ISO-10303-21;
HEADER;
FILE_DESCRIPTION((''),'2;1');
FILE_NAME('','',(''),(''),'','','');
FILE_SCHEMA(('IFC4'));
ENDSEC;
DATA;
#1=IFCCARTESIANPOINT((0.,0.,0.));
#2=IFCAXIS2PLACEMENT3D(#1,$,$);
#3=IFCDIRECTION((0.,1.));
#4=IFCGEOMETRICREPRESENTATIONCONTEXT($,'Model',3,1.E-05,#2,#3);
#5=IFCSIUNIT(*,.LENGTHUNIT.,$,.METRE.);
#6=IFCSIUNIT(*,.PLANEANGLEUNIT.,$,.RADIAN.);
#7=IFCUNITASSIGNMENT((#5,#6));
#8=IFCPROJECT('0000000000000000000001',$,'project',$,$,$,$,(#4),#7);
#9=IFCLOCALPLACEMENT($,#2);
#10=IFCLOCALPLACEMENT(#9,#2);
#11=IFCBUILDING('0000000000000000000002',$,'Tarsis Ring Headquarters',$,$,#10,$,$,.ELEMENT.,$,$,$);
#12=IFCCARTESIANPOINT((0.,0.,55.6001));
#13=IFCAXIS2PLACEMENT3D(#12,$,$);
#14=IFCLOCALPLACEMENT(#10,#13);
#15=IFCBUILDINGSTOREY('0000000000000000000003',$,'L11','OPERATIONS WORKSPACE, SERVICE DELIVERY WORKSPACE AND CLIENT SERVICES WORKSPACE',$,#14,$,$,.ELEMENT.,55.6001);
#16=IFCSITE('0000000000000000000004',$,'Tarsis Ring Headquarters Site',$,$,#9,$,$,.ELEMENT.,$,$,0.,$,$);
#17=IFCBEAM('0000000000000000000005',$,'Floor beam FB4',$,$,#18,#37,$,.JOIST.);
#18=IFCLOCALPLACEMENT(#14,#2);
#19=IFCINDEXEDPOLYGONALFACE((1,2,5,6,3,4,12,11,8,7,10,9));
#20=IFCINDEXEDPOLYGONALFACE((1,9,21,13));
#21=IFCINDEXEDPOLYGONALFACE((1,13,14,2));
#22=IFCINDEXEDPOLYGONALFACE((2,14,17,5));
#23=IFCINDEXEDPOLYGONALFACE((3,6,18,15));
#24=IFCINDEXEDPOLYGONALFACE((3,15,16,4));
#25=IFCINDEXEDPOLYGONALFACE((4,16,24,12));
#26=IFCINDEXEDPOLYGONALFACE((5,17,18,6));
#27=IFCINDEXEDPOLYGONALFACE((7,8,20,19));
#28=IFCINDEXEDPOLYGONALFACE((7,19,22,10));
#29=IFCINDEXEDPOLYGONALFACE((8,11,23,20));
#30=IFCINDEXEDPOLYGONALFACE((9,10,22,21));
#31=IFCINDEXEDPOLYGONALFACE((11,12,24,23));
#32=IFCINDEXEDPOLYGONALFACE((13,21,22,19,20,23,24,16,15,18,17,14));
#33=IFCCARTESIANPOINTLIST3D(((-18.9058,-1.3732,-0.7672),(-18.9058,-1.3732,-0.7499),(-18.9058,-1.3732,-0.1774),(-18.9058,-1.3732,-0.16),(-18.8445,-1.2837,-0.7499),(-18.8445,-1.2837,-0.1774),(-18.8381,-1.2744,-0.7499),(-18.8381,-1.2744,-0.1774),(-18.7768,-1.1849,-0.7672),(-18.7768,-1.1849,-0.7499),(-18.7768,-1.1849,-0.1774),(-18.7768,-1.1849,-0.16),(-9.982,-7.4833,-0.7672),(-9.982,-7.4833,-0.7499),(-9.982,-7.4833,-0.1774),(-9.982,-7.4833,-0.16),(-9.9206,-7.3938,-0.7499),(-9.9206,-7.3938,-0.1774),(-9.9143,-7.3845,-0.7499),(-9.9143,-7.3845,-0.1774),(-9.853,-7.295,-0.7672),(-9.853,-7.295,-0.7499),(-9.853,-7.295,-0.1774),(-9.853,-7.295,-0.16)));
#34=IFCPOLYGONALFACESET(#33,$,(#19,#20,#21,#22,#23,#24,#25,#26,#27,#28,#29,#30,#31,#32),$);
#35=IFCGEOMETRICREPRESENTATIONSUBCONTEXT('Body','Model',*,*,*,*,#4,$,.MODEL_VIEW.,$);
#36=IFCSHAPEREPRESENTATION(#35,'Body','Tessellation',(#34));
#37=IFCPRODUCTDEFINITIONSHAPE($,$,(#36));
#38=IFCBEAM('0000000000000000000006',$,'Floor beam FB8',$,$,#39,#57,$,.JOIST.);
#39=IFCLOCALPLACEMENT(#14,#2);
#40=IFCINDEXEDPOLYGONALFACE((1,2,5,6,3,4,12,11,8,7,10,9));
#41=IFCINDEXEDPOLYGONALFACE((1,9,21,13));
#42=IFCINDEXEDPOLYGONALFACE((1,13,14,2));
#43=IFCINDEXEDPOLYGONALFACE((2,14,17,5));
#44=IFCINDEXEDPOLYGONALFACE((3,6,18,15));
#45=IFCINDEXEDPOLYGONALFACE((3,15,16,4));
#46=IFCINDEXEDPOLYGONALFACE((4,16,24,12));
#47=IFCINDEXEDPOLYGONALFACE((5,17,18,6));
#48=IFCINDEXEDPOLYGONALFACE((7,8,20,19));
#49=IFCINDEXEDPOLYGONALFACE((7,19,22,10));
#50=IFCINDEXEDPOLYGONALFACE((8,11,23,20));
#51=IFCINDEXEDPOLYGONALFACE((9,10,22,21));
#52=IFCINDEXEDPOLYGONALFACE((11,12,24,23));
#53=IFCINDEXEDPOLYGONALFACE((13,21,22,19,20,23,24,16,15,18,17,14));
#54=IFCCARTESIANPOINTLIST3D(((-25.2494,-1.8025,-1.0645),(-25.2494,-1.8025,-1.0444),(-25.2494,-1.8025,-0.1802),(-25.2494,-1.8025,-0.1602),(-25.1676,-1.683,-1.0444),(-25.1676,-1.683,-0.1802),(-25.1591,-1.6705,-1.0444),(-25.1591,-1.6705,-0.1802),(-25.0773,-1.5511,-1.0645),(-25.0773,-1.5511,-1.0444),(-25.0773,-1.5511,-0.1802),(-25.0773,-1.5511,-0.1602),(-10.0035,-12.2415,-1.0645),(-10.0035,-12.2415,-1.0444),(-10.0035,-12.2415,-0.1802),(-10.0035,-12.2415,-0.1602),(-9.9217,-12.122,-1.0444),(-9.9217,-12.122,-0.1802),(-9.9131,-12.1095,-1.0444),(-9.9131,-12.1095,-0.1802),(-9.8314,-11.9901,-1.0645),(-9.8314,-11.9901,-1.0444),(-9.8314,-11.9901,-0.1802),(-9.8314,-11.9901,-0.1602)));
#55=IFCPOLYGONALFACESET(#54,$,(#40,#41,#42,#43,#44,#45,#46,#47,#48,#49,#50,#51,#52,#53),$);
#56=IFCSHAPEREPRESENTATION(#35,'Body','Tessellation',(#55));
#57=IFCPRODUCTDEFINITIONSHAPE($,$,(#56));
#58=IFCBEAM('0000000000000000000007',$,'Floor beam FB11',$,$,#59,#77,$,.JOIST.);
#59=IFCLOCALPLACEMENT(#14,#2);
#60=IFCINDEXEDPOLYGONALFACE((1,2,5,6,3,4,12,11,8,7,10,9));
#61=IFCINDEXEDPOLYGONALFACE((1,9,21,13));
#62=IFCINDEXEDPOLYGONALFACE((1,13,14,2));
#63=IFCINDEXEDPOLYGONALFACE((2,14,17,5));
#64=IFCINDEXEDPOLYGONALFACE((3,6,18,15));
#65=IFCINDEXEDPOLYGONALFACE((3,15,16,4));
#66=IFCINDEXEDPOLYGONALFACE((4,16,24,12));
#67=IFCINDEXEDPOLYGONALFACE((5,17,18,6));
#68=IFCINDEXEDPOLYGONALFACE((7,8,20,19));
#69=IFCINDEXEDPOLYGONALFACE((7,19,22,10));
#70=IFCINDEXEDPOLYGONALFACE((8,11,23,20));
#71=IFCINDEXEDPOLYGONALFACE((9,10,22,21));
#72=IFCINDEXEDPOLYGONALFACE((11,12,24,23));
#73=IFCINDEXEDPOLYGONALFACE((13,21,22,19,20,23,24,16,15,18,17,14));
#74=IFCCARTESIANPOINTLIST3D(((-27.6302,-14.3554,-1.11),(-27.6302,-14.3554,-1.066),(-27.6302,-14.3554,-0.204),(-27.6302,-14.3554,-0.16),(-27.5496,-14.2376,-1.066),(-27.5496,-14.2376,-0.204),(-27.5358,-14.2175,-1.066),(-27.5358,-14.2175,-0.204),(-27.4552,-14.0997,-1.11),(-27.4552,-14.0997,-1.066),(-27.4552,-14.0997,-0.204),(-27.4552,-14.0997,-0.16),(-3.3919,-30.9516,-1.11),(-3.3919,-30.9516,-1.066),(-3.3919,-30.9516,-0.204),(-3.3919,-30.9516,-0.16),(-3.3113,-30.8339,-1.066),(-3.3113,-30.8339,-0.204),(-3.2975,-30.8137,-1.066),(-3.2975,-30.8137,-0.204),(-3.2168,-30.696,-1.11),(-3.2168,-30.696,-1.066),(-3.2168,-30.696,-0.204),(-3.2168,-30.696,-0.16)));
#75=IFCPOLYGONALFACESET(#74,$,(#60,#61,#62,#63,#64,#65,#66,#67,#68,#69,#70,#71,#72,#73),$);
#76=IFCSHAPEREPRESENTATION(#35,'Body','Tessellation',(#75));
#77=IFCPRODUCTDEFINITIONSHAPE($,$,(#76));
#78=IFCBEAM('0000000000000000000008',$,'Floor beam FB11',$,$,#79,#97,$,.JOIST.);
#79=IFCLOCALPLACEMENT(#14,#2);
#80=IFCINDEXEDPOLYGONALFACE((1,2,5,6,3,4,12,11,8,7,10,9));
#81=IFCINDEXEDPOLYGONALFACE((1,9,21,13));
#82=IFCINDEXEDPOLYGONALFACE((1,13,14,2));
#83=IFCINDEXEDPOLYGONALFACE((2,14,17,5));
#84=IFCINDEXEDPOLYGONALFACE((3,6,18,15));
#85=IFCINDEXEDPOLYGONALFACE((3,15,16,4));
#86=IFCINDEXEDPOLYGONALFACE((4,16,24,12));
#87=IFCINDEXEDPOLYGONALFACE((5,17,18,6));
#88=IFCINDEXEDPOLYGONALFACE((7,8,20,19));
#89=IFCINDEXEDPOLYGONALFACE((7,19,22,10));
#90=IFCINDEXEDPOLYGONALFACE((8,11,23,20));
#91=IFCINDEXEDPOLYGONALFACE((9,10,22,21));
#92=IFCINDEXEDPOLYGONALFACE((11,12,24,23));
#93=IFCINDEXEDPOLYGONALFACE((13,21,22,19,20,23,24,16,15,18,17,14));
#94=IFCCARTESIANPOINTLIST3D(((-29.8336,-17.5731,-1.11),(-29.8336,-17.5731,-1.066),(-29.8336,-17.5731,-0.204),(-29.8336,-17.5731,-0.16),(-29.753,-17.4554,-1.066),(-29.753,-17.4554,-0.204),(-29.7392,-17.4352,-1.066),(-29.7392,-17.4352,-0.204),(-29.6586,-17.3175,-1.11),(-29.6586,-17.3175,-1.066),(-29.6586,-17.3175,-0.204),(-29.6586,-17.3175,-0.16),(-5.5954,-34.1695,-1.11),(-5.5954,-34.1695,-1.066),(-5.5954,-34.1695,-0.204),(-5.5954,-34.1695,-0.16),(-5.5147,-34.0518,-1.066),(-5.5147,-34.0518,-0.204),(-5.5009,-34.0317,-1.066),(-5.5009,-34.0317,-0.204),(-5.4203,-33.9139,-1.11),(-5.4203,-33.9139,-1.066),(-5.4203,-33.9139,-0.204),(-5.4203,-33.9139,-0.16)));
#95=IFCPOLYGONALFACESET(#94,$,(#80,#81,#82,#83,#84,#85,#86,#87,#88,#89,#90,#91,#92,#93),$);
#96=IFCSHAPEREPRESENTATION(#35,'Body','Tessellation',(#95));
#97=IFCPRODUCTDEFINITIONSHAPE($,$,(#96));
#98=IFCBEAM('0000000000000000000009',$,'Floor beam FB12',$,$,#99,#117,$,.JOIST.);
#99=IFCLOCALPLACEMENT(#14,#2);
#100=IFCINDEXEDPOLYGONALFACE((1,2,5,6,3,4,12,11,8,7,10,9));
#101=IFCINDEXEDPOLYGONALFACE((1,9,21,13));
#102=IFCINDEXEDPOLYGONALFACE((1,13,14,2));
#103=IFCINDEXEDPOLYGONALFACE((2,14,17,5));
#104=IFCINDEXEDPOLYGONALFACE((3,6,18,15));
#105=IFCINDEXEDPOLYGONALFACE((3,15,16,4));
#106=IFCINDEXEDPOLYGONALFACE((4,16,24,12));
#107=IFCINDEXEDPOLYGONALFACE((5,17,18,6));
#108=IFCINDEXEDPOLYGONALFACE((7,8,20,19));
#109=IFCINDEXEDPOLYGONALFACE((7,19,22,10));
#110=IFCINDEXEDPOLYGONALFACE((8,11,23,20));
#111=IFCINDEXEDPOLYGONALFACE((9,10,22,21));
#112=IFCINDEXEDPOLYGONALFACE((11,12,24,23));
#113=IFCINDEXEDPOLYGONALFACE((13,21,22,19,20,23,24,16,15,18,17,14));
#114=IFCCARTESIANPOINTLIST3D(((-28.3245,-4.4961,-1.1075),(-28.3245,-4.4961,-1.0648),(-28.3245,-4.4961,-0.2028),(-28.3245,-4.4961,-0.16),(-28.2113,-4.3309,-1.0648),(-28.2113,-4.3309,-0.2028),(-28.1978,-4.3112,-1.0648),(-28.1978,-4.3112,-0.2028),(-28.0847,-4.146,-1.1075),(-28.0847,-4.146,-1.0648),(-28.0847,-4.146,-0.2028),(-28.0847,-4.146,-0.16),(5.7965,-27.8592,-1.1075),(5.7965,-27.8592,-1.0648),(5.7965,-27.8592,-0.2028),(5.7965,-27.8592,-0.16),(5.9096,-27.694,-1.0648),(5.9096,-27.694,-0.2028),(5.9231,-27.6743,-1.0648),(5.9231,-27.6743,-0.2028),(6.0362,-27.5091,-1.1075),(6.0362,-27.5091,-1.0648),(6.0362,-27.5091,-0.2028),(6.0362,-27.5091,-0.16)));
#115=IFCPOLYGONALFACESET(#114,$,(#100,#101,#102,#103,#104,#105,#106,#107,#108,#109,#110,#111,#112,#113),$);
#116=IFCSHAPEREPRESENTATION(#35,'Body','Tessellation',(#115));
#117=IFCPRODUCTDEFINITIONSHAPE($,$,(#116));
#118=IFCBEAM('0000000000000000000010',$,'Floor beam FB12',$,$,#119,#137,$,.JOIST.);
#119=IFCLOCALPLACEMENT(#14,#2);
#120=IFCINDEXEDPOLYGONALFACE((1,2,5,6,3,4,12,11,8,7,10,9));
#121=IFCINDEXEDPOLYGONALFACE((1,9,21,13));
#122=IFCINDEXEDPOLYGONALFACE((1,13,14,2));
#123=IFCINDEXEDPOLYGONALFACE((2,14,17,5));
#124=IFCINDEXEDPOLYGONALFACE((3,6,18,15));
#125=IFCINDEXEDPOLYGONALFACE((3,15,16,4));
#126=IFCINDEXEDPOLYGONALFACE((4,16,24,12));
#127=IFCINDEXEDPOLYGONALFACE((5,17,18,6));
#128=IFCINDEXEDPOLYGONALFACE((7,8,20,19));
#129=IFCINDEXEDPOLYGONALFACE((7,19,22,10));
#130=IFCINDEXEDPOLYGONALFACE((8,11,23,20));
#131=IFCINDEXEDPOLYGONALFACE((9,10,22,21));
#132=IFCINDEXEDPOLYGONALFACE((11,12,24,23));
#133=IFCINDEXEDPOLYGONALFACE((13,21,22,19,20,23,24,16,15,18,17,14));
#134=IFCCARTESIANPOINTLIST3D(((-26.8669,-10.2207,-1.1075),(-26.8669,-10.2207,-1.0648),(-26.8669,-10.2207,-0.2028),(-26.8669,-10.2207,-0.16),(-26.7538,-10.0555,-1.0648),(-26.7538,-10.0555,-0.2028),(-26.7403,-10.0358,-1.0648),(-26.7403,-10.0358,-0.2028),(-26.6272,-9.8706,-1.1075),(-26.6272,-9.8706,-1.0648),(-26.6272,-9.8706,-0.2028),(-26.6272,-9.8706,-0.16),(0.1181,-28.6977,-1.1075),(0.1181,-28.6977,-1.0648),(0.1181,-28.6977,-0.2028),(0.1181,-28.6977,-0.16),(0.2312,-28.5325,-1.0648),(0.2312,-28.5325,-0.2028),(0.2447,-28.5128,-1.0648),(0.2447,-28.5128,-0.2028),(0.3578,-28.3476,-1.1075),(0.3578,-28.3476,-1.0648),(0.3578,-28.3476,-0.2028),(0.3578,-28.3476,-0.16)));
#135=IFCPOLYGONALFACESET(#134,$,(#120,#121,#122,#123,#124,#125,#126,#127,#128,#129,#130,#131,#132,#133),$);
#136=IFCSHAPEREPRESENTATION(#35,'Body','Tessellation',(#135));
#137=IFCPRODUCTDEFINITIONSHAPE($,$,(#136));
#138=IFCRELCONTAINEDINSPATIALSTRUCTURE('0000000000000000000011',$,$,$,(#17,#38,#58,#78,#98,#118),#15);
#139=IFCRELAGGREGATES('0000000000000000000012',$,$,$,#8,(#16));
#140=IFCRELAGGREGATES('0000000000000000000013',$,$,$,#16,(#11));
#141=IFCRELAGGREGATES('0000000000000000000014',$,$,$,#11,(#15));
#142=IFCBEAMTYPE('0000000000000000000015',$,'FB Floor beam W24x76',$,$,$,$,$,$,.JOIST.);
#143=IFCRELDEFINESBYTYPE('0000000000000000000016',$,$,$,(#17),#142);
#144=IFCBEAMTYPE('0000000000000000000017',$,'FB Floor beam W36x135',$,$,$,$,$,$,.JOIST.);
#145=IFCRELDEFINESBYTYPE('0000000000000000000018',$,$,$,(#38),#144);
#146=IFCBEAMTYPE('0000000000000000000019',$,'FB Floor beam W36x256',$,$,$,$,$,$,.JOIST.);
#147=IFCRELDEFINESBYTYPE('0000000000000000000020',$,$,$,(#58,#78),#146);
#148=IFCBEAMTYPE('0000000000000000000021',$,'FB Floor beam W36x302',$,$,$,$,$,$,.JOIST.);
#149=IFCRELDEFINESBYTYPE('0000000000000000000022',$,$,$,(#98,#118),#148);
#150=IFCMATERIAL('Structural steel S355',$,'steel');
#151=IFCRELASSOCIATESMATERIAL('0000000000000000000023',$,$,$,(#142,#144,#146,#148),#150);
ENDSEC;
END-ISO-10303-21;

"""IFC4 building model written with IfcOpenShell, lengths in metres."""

from ifc_helpers import new_model, si_unit, direction, frame, origin, origin_2d, place, context, subcontext, project, spatial, i_section, extrude, material, material_profile, profile_set, type_object, element, save


model = new_model("IFC4")

# Units and contexts
model_context = context("Model", 3, precision=1e-05, world=origin(), true_north=direction((0.0, 1.0)))
body_context = subcontext(model_context, "Body", "Model", "MODEL_VIEW")
ifc_project = project(units=[si_unit("LENGTHUNIT", "METRE"), si_unit("PLANEANGLEUNIT", "RADIAN")], contexts=[model_context])

# Site, building, storey
site_placement = place(None, origin())
site = spatial("IfcSite", under=ifc_project, at=site_placement, Name="Tarsis Ring Headquarters Site", CompositionType="ELEMENT", RefElevation=0.0)
building_placement = place(site_placement, origin())
building = spatial("IfcBuilding", under=site, at=building_placement, Name="Tarsis Ring Headquarters", CompositionType="ELEMENT")
storey_placement = place(building_placement, frame((0.0, 0.0, 55.6001)))
storey = spatial("IfcBuildingStorey", under=building, at=storey_placement, Name="L11", Description="OPERATIONS WORKSPACE, SERVICE DELIVERY WORKSPACE AND CLIENT SERVICES WORKSPACE", CompositionType="ELEMENT", Elevation=55.6001)

# Beams
ifc_material_1 = material(Name="Structural steel S355", Category="steel")
ifc_material_profile_1 = material_profile(ifc_material_1, i_section(OverallWidth=0.2283, OverallDepth=0.6072, WebThickness=0.0112, FlangeThickness=0.0173, at=origin_2d()), Name="W24x76")
ifc_profile_set_1 = profile_set([ifc_material_profile_1], Name="Structural steel S355")
beam_type_1 = type_object("IfcBeamType", Name="FB Floor beam W24x76", PredefinedType="JOIST", material=ifc_profile_set_1)
beam_1_placement = place(storey_placement, frame((-18.8413, -1.2791, -0.4636), z_axis=(0.825121, -0.564957, 0.0), x_axis=(0.564957, 0.825121, 0.0)))
element("IfcBeam", 1, at=beam_1_placement, inside=storey, type_object=beam_type_1, Name="Floor beam FB4", PredefinedType="JOIST", context=body_context, shape_type="SweptSolid", body=[
    extrude(i_section(OverallWidth=0.2283, OverallDepth=0.6072, WebThickness=0.0112, FlangeThickness=0.0173, at=origin_2d()), origin(), (0.0, 0.0, 1.0), 10.8152),
])
ifc_material_profile_2 = material_profile(ifc_material_1, i_section(OverallWidth=0.3047, OverallDepth=0.9043, WebThickness=0.0151, FlangeThickness=0.02, at=origin_2d()), Name="W36x135")
ifc_profile_set_2 = profile_set([ifc_material_profile_2], Name="Structural steel S355")
beam_type_2 = type_object("IfcBeamType", Name="FB Floor beam W36x135", PredefinedType="JOIST", material=ifc_profile_set_2)
beam_2_placement = place(storey_placement, frame((-25.1633, -1.6768, -0.6123), z_axis=(0.825116, -0.564964, 0.0), x_axis=(0.564964, 0.825116, 0.0)))
element("IfcBeam", 2, at=beam_2_placement, inside=storey, type_object=beam_type_2, Name="Floor beam FB8", PredefinedType="JOIST", context=body_context, shape_type="SweptSolid", body=[
    extrude(i_section(OverallWidth=0.3047, OverallDepth=0.9043, WebThickness=0.0151, FlangeThickness=0.02, at=origin_2d()), origin(), (0.0, 0.0, 1.0), 18.4773),
])
ifc_material_profile_3 = material_profile(ifc_material_1, i_section(OverallWidth=0.3098, OverallDepth=0.95, WebThickness=0.0244, FlangeThickness=0.0439, at=origin_2d()), Name="W36x256")
ifc_profile_set_3 = profile_set([ifc_material_profile_3], Name="Structural steel S355")
beam_type_3 = type_object("IfcBeamType", Name="FB Floor beam W36x256", PredefinedType="JOIST", material=ifc_profile_set_3)
for number, where, z_axis, x_axis, name in (
    (3, (-27.5427, -14.2275, -0.635), (0.825115, -0.564965, 0.0), (0.564965, 0.825115, 0.0), "Floor beam FB11"),
    (4, (-29.7461, -17.4453, -0.635), (0.825111, -0.56497, 0.0), (0.56497, 0.825111, 0.0), "Floor beam FB11"),
):
    element("IfcBeam", number, at=place(storey_placement, frame(where, z_axis=z_axis, x_axis=x_axis)), inside=storey, type_object=beam_type_3, Name=name, PredefinedType="JOIST", context=body_context, shape_type="SweptSolid", body=[
        extrude(i_section(OverallWidth=0.3098, OverallDepth=0.95, WebThickness=0.0244, FlangeThickness=0.0439, at=origin_2d()), origin(), (0.0, 0.0, 1.0), 29.3757),
    ])
ifc_material_profile_4 = material_profile(ifc_material_1, i_section(OverallWidth=0.4243, OverallDepth=0.9475, WebThickness=0.0239, FlangeThickness=0.0427, at=origin_2d()), Name="W36x302")
ifc_profile_set_4 = profile_set([ifc_material_profile_4], Name="Structural steel S355")
beam_type_4 = type_object("IfcBeamType", Name="FB Floor beam W36x302", PredefinedType="JOIST", material=ifc_profile_set_4)
beam_3_placement = place(storey_placement, frame((-28.2046, -4.321, -0.6338), z_axis=(0.825113, -0.564967, 0.0), x_axis=(0.564967, 0.825113, 0.0)))
element("IfcBeam", 5, at=beam_3_placement, inside=storey, type_object=beam_type_4, Name="Floor beam FB12", PredefinedType="JOIST", context=body_context, shape_type="SweptSolid", body=[
    extrude(i_section(OverallWidth=0.4243, OverallDepth=0.9475, WebThickness=0.0239, FlangeThickness=0.0427, at=origin_2d()), origin(), (0.0, 0.0, 1.0), 41.353),
])
beam_4_placement = place(storey_placement, frame((-26.7471, -10.0457, -0.6338), z_axis=(0.825114, -0.564966, 0.0), x_axis=(0.564966, 0.825114, 0.0)))
element("IfcBeam", 6, at=beam_4_placement, inside=storey, type_object=beam_type_4, Name="Floor beam FB12", PredefinedType="JOIST", context=body_context, shape_type="SweptSolid", body=[
    extrude(i_section(OverallWidth=0.4243, OverallDepth=0.9475, WebThickness=0.0239, FlangeThickness=0.0427, at=origin_2d()), origin(), (0.0, 0.0, 1.0), 32.7046),
])

save(model, "model.ifc")
